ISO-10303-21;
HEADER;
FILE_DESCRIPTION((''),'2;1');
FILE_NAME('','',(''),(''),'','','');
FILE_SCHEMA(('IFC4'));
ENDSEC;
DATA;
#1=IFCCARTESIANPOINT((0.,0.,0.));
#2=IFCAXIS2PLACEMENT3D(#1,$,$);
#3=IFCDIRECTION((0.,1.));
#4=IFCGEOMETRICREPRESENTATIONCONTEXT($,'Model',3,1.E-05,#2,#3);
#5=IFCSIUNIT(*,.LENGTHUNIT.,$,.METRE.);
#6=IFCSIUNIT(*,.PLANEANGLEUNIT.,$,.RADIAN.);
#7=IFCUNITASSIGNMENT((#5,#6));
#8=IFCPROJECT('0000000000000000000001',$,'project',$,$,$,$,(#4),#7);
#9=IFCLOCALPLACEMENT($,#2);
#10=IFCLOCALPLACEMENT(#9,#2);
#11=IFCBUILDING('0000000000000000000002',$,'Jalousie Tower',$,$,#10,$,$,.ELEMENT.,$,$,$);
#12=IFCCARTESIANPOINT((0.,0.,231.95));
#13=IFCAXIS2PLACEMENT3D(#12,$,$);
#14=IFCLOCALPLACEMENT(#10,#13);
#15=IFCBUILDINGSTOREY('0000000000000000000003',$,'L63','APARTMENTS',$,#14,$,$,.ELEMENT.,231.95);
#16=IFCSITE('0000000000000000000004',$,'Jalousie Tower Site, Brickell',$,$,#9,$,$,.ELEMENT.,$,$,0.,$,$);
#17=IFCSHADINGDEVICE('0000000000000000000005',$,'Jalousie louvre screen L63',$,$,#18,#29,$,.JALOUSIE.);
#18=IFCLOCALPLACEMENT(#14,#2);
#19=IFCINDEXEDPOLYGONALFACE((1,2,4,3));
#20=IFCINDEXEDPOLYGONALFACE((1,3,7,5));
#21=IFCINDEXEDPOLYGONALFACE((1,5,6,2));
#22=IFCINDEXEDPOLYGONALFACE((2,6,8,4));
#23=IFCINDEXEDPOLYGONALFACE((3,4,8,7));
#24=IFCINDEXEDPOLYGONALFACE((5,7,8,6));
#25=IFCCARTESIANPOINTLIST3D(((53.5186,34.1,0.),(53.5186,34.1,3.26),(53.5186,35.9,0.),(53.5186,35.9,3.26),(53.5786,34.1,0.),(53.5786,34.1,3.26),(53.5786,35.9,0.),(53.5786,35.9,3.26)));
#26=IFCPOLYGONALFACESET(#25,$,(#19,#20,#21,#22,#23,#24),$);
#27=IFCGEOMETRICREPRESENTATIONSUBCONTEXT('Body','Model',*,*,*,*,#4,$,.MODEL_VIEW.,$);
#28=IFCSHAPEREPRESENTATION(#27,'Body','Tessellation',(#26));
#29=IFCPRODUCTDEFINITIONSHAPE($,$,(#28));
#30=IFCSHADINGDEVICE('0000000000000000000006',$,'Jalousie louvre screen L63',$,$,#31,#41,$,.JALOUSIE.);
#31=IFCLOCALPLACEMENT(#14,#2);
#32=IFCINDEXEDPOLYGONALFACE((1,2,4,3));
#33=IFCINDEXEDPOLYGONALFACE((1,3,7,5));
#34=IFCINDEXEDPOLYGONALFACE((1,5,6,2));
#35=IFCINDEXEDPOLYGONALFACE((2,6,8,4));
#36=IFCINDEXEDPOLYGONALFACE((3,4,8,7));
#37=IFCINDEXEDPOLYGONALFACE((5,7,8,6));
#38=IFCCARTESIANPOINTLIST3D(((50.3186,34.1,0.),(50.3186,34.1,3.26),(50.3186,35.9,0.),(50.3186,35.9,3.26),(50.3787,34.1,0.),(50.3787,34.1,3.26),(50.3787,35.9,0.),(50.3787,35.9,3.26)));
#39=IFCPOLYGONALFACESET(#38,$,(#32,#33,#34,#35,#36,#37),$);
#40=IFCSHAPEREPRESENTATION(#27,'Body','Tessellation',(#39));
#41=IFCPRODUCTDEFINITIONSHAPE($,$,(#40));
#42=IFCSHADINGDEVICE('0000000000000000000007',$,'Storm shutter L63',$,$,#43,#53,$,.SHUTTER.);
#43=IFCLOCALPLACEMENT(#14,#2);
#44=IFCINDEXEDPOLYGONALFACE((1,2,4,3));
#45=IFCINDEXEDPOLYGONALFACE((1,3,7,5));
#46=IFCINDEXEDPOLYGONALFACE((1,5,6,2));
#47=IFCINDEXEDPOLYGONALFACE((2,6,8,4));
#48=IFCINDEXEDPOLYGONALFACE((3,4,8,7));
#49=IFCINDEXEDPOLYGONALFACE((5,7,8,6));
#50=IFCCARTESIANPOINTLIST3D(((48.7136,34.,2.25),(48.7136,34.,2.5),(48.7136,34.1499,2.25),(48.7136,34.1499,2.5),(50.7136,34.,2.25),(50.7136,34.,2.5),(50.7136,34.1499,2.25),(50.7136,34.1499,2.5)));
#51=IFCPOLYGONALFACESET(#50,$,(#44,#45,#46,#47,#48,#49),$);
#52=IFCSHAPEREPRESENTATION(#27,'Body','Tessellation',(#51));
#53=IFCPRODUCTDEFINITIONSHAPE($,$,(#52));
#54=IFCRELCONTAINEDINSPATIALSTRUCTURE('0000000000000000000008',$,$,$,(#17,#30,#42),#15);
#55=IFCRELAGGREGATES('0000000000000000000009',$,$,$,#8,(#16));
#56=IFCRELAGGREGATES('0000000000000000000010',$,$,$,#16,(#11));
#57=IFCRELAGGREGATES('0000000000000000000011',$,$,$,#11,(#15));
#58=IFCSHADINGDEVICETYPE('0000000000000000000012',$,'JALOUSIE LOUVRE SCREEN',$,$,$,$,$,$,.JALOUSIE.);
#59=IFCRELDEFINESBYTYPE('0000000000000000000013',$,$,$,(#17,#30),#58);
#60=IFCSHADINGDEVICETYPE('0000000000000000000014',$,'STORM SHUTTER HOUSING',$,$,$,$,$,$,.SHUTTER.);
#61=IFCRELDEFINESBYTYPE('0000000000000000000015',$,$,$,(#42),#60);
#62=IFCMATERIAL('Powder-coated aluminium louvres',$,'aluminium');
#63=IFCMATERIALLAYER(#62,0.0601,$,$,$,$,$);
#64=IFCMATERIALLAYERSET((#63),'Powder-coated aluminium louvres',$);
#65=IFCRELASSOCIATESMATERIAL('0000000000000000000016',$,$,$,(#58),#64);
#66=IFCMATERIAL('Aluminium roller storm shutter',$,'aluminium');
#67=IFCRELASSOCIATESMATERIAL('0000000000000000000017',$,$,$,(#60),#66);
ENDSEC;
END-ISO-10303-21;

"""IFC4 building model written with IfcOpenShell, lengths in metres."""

from ifc_helpers import new_model, si_unit, direction, frame, origin, origin_2d, place, context, subcontext, project, spatial, rectangle, extrude, material, layer, layer_set, type_object, element, save


model = new_model("IFC4")

# Units and contexts
model_context = context("Model", 3, precision=1e-05, world=origin(), true_north=direction((0.0, 1.0)))
body_context = subcontext(model_context, "Body", "Model", "MODEL_VIEW")
ifc_project = project(units=[si_unit("LENGTHUNIT", "METRE"), si_unit("PLANEANGLEUNIT", "RADIAN")], contexts=[model_context])

# Site, building, storey
site_placement = place(None, origin())
site = spatial("IfcSite", under=ifc_project, at=site_placement, Name="Jalousie Tower Site, Brickell", CompositionType="ELEMENT", RefElevation=0.0)
building_placement = place(site_placement, origin())
building = spatial("IfcBuilding", under=site, at=building_placement, Name="Jalousie Tower", CompositionType="ELEMENT")
storey_placement = place(building_placement, frame((0.0, 0.0, 231.95)))
storey = spatial("IfcBuildingStorey", under=building, at=storey_placement, Name="L63", Description="APARTMENTS", CompositionType="ELEMENT", Elevation=231.95)

# Shading devices
ifc_material_1 = material(Name="Powder-coated aluminium louvres", Category="aluminium")
ifc_layer_1 = layer(ifc_material_1, 0.0601)
ifc_layer_set_1 = layer_set([ifc_layer_1], Name="Powder-coated aluminium louvres")
shading_device_type_1 = type_object("IfcShadingDeviceType", Name="JALOUSIE LOUVRE SCREEN", PredefinedType="JALOUSIE", material=ifc_layer_set_1)
for number, where, z_axis, x_axis, name in (
    (1, (53.5486, 35.0, 0.0), (0.0, 0.0, 1.0), (-1.0, 0.0, 0.0), "Jalousie louvre screen L63"),
    (2, (50.3486, 35.0, 0.0), (0.0, 0.0, 1.0), (-1.0, 0.0, 0.0), "Jalousie louvre screen L63"),
):
    element("IfcShadingDevice", number, at=place(storey_placement, frame(where, z_axis=z_axis, x_axis=x_axis)), inside=storey, type_object=shading_device_type_1, Name=name, PredefinedType="JALOUSIE", context=body_context, shape_type="SweptSolid", body=[
        extrude(rectangle(XDim=0.0601, YDim=1.8, at=origin_2d()), origin(), (0.0, 0.0, 1.0), 3.26),
    ])
ifc_material_2 = material(Name="Aluminium roller storm shutter", Category="aluminium")
shading_device_type_2 = type_object("IfcShadingDeviceType", Name="STORM SHUTTER HOUSING", PredefinedType="SHUTTER", material=ifc_material_2)
shading_device_placement = place(storey_placement, frame((49.7136, 34.075, 2.25), z_axis=(0.0, 0.0, 1.0), x_axis=(-1.0, 0.0, 0.0)))
element("IfcShadingDevice", 3, at=shading_device_placement, inside=storey, type_object=shading_device_type_2, Name="Storm shutter L63", PredefinedType="SHUTTER", context=body_context, shape_type="SweptSolid", body=[
    extrude(rectangle(XDim=2.0, YDim=0.1499, at=origin_2d()), origin(), (0.0, 0.0, 1.0), 0.25),
])

save(model, "model.ifc")
